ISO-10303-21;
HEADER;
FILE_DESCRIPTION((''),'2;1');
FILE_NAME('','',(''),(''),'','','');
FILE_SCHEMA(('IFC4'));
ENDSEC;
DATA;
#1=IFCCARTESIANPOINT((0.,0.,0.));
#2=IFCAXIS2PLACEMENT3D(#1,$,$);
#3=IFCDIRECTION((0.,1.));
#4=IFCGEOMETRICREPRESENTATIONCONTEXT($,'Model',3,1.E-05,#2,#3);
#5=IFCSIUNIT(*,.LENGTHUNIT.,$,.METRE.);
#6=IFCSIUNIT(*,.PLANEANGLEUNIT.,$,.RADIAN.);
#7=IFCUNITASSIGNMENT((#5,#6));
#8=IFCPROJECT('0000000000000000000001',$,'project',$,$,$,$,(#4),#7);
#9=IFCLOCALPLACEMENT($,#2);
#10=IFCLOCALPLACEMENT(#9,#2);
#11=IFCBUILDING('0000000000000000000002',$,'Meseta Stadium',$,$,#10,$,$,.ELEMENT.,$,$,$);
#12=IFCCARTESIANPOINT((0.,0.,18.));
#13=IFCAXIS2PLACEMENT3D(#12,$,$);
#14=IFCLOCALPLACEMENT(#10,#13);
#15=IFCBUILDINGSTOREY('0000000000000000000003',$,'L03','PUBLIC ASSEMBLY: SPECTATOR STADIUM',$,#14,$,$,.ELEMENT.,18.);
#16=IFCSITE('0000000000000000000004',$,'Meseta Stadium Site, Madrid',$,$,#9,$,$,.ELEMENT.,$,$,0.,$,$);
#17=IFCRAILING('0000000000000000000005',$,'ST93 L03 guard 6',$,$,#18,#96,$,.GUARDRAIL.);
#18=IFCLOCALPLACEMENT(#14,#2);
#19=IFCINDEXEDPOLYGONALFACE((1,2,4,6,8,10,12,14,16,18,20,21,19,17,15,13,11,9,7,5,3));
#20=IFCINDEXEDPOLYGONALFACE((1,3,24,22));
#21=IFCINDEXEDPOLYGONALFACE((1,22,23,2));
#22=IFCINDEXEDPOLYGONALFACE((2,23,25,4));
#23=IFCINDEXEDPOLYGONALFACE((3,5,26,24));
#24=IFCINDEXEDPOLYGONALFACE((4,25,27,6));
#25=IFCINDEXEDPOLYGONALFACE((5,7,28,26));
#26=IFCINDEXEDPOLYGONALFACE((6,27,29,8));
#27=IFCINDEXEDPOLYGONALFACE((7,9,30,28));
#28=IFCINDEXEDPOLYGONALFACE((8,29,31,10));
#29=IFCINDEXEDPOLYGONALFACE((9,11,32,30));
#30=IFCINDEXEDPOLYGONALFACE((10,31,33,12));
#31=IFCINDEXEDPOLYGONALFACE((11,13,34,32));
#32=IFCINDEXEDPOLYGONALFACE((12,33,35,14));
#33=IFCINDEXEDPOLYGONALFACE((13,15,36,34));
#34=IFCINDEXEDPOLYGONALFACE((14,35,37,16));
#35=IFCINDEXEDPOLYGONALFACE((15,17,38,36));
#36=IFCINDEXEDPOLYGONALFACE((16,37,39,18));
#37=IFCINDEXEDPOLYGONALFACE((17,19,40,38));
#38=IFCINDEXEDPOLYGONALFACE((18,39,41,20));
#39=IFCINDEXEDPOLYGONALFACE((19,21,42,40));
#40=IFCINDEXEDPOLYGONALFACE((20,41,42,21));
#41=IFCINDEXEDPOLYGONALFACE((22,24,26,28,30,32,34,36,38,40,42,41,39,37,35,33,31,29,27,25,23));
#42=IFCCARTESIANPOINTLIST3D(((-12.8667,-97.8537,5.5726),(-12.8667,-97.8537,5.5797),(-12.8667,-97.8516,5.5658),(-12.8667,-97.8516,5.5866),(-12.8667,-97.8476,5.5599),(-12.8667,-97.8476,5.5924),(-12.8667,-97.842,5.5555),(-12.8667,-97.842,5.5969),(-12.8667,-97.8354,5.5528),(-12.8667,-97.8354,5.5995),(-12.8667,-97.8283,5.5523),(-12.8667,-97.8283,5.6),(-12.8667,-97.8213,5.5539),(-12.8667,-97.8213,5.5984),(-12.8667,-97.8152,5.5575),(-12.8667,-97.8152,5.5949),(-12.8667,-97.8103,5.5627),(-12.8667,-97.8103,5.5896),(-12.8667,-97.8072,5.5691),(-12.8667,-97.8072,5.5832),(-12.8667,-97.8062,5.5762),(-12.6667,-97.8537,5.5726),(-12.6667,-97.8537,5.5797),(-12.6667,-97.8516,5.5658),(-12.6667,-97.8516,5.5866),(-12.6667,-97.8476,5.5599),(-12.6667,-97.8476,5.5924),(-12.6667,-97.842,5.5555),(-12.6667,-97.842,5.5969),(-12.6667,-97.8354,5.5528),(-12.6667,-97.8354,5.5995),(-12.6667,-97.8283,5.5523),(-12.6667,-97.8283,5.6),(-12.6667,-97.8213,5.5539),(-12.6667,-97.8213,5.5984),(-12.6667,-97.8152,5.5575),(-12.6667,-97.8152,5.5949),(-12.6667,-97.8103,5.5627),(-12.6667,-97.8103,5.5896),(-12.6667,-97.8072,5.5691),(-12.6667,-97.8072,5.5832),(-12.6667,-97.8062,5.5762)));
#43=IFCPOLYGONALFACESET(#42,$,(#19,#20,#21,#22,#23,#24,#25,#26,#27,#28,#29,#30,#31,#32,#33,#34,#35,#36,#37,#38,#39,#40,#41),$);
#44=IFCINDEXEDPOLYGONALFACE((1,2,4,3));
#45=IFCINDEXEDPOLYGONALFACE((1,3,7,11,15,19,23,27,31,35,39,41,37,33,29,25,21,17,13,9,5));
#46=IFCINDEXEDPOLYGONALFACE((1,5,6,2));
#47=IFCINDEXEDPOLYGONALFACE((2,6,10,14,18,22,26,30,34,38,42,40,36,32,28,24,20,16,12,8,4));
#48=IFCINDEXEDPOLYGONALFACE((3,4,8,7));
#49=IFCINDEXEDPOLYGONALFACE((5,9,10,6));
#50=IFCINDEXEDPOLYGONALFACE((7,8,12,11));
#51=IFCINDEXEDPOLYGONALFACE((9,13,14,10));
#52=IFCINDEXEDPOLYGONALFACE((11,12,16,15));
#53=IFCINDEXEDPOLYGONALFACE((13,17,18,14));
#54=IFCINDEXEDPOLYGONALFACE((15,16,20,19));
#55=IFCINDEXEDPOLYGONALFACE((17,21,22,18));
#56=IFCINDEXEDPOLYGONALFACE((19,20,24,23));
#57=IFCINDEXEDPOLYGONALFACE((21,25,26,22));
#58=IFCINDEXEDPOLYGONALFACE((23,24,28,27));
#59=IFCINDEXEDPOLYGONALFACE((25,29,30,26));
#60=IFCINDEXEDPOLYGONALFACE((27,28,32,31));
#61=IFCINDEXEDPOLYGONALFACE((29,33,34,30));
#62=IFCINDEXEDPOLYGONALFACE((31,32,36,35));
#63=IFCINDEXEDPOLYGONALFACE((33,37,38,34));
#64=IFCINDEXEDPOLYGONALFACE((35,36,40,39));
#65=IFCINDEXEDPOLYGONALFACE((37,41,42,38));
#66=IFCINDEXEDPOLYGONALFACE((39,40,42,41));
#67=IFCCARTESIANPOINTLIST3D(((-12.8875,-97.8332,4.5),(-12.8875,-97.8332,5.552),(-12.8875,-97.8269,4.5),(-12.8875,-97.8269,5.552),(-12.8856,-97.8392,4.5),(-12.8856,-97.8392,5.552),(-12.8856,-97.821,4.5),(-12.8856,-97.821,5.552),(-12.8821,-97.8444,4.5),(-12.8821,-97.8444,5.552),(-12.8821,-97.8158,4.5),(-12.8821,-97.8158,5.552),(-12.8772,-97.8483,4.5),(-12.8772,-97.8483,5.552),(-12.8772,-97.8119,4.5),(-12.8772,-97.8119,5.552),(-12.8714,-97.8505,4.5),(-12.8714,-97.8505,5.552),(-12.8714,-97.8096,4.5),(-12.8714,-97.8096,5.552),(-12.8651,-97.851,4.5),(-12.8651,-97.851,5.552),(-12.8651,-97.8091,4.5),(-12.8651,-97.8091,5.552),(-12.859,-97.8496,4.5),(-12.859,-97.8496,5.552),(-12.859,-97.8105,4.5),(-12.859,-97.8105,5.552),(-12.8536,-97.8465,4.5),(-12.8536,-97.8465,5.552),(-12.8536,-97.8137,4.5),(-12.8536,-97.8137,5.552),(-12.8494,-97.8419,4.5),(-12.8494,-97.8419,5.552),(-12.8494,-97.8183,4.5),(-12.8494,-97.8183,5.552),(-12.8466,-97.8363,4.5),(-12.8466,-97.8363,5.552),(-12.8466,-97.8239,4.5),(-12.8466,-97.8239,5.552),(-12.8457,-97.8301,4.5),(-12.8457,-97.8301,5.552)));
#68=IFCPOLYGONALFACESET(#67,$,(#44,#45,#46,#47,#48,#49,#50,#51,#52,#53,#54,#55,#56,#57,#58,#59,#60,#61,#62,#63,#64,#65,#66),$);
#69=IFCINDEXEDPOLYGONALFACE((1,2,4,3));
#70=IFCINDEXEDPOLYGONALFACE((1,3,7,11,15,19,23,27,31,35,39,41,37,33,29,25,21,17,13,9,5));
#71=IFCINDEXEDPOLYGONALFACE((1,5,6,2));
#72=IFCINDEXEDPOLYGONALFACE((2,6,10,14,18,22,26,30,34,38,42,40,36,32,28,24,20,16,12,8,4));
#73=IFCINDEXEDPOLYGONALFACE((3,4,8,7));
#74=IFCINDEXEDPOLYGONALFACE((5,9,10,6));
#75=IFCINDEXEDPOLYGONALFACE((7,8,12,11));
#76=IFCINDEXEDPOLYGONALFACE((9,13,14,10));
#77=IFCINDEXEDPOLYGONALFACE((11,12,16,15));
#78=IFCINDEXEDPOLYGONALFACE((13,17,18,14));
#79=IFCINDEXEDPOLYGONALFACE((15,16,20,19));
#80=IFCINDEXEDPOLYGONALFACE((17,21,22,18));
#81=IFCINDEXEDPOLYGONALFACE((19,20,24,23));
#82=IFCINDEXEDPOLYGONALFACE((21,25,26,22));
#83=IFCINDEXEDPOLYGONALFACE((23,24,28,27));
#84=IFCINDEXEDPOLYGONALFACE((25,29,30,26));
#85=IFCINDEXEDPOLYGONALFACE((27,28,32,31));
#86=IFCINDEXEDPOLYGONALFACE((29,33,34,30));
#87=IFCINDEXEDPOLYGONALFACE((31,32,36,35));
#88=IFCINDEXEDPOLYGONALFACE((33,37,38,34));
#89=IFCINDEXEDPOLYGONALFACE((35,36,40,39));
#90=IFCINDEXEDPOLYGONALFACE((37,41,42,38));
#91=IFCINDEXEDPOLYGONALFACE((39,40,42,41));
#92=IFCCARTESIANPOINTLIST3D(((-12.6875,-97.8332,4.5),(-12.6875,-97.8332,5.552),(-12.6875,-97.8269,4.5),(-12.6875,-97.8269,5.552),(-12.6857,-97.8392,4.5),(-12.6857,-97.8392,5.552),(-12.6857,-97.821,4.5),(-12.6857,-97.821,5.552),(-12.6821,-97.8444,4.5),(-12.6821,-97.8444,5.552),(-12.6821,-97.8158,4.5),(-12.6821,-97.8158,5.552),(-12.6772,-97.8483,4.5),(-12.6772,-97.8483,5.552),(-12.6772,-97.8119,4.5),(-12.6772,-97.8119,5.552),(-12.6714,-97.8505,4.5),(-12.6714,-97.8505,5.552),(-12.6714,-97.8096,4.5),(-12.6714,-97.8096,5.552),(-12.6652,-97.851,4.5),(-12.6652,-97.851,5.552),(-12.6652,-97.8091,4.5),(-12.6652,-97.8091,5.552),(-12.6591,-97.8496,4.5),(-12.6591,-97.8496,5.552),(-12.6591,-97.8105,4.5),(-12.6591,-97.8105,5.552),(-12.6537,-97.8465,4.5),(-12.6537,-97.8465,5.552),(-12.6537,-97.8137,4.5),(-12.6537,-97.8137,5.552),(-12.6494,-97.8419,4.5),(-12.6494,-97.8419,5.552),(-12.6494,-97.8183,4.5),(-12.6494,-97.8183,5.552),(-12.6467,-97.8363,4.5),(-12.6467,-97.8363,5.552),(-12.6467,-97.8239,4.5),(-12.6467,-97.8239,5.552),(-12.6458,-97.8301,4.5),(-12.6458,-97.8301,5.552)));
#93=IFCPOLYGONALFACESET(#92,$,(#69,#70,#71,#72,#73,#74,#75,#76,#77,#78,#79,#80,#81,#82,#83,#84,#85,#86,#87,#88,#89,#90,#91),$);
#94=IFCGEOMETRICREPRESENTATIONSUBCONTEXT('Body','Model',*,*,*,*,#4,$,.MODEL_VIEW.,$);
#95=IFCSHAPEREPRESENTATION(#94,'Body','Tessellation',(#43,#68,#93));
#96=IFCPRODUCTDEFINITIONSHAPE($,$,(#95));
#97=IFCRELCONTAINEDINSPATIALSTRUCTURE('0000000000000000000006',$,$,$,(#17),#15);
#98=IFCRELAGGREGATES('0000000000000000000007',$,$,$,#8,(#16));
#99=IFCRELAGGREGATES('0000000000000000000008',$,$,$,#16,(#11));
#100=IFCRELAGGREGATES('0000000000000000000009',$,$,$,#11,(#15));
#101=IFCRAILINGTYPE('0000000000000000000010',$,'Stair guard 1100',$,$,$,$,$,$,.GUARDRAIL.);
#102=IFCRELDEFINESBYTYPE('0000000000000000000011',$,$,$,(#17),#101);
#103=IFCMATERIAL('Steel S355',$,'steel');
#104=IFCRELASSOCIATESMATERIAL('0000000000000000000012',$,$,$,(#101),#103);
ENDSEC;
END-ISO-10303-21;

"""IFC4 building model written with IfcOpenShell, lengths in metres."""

from ifc_helpers import new_model, si_unit, direction, frame, origin, origin_2d, place, context, subcontext, project, spatial, circle, extrude, material, type_object, element, save


model = new_model("IFC4")

# Units and contexts
model_context = context("Model", 3, precision=1e-05, world=origin(), true_north=direction((0.0, 1.0)))
body_context = subcontext(model_context, "Body", "Model", "MODEL_VIEW")
ifc_project = project(units=[si_unit("LENGTHUNIT", "METRE"), si_unit("PLANEANGLEUNIT", "RADIAN")], contexts=[model_context])

# Site, building, storey
site_placement = place(None, origin())
site = spatial("IfcSite", under=ifc_project, at=site_placement, Name="Meseta Stadium Site, Madrid", CompositionType="ELEMENT", RefElevation=0.0)
building_placement = place(site_placement, origin())
building = spatial("IfcBuilding", under=site, at=building_placement, Name="Meseta Stadium", CompositionType="ELEMENT")
storey_placement = place(building_placement, frame((0.0, 0.0, 18.0)))
storey = spatial("IfcBuildingStorey", under=building, at=storey_placement, Name="L03", Description="PUBLIC ASSEMBLY: SPECTATOR STADIUM", CompositionType="ELEMENT", Elevation=18.0)

# Railing
ifc_material_1 = material(Name="Steel S355", Category="steel")
railing_type_1 = type_object("IfcRailingType", Name="Stair guard 1100", PredefinedType="GUARDRAIL", material=ifc_material_1)
railing_1_placement = place(storey_placement, frame((-12.8667, -97.8301, 4.5)))
element("IfcRailing", 1, at=railing_1_placement, inside=storey, type_object=railing_type_1, Name="ST93 L03 guard 6", PredefinedType="GUARDRAIL", context=body_context, shape_type="SweptSolid", body=[
    extrude(circle(Radius=0.0239, at=origin_2d()), frame((0.0, 0.0, 1.0762), z_axis=(1.0, 0.0, 0.0), x_axis=(0.0, 1.0, 0.0)), (0.0, 0.0, 1.0), 0.2),
    extrude(circle(Radius=0.021, at=origin_2d()), origin(), (0.0, 0.0, 1.0), 1.052),
    extrude(circle(Radius=0.021, at=origin_2d()), frame((0.2, 0.0, 0.0)), (0.0, 0.0, 1.0), 1.052),
])

save(model, "model.ifc")
